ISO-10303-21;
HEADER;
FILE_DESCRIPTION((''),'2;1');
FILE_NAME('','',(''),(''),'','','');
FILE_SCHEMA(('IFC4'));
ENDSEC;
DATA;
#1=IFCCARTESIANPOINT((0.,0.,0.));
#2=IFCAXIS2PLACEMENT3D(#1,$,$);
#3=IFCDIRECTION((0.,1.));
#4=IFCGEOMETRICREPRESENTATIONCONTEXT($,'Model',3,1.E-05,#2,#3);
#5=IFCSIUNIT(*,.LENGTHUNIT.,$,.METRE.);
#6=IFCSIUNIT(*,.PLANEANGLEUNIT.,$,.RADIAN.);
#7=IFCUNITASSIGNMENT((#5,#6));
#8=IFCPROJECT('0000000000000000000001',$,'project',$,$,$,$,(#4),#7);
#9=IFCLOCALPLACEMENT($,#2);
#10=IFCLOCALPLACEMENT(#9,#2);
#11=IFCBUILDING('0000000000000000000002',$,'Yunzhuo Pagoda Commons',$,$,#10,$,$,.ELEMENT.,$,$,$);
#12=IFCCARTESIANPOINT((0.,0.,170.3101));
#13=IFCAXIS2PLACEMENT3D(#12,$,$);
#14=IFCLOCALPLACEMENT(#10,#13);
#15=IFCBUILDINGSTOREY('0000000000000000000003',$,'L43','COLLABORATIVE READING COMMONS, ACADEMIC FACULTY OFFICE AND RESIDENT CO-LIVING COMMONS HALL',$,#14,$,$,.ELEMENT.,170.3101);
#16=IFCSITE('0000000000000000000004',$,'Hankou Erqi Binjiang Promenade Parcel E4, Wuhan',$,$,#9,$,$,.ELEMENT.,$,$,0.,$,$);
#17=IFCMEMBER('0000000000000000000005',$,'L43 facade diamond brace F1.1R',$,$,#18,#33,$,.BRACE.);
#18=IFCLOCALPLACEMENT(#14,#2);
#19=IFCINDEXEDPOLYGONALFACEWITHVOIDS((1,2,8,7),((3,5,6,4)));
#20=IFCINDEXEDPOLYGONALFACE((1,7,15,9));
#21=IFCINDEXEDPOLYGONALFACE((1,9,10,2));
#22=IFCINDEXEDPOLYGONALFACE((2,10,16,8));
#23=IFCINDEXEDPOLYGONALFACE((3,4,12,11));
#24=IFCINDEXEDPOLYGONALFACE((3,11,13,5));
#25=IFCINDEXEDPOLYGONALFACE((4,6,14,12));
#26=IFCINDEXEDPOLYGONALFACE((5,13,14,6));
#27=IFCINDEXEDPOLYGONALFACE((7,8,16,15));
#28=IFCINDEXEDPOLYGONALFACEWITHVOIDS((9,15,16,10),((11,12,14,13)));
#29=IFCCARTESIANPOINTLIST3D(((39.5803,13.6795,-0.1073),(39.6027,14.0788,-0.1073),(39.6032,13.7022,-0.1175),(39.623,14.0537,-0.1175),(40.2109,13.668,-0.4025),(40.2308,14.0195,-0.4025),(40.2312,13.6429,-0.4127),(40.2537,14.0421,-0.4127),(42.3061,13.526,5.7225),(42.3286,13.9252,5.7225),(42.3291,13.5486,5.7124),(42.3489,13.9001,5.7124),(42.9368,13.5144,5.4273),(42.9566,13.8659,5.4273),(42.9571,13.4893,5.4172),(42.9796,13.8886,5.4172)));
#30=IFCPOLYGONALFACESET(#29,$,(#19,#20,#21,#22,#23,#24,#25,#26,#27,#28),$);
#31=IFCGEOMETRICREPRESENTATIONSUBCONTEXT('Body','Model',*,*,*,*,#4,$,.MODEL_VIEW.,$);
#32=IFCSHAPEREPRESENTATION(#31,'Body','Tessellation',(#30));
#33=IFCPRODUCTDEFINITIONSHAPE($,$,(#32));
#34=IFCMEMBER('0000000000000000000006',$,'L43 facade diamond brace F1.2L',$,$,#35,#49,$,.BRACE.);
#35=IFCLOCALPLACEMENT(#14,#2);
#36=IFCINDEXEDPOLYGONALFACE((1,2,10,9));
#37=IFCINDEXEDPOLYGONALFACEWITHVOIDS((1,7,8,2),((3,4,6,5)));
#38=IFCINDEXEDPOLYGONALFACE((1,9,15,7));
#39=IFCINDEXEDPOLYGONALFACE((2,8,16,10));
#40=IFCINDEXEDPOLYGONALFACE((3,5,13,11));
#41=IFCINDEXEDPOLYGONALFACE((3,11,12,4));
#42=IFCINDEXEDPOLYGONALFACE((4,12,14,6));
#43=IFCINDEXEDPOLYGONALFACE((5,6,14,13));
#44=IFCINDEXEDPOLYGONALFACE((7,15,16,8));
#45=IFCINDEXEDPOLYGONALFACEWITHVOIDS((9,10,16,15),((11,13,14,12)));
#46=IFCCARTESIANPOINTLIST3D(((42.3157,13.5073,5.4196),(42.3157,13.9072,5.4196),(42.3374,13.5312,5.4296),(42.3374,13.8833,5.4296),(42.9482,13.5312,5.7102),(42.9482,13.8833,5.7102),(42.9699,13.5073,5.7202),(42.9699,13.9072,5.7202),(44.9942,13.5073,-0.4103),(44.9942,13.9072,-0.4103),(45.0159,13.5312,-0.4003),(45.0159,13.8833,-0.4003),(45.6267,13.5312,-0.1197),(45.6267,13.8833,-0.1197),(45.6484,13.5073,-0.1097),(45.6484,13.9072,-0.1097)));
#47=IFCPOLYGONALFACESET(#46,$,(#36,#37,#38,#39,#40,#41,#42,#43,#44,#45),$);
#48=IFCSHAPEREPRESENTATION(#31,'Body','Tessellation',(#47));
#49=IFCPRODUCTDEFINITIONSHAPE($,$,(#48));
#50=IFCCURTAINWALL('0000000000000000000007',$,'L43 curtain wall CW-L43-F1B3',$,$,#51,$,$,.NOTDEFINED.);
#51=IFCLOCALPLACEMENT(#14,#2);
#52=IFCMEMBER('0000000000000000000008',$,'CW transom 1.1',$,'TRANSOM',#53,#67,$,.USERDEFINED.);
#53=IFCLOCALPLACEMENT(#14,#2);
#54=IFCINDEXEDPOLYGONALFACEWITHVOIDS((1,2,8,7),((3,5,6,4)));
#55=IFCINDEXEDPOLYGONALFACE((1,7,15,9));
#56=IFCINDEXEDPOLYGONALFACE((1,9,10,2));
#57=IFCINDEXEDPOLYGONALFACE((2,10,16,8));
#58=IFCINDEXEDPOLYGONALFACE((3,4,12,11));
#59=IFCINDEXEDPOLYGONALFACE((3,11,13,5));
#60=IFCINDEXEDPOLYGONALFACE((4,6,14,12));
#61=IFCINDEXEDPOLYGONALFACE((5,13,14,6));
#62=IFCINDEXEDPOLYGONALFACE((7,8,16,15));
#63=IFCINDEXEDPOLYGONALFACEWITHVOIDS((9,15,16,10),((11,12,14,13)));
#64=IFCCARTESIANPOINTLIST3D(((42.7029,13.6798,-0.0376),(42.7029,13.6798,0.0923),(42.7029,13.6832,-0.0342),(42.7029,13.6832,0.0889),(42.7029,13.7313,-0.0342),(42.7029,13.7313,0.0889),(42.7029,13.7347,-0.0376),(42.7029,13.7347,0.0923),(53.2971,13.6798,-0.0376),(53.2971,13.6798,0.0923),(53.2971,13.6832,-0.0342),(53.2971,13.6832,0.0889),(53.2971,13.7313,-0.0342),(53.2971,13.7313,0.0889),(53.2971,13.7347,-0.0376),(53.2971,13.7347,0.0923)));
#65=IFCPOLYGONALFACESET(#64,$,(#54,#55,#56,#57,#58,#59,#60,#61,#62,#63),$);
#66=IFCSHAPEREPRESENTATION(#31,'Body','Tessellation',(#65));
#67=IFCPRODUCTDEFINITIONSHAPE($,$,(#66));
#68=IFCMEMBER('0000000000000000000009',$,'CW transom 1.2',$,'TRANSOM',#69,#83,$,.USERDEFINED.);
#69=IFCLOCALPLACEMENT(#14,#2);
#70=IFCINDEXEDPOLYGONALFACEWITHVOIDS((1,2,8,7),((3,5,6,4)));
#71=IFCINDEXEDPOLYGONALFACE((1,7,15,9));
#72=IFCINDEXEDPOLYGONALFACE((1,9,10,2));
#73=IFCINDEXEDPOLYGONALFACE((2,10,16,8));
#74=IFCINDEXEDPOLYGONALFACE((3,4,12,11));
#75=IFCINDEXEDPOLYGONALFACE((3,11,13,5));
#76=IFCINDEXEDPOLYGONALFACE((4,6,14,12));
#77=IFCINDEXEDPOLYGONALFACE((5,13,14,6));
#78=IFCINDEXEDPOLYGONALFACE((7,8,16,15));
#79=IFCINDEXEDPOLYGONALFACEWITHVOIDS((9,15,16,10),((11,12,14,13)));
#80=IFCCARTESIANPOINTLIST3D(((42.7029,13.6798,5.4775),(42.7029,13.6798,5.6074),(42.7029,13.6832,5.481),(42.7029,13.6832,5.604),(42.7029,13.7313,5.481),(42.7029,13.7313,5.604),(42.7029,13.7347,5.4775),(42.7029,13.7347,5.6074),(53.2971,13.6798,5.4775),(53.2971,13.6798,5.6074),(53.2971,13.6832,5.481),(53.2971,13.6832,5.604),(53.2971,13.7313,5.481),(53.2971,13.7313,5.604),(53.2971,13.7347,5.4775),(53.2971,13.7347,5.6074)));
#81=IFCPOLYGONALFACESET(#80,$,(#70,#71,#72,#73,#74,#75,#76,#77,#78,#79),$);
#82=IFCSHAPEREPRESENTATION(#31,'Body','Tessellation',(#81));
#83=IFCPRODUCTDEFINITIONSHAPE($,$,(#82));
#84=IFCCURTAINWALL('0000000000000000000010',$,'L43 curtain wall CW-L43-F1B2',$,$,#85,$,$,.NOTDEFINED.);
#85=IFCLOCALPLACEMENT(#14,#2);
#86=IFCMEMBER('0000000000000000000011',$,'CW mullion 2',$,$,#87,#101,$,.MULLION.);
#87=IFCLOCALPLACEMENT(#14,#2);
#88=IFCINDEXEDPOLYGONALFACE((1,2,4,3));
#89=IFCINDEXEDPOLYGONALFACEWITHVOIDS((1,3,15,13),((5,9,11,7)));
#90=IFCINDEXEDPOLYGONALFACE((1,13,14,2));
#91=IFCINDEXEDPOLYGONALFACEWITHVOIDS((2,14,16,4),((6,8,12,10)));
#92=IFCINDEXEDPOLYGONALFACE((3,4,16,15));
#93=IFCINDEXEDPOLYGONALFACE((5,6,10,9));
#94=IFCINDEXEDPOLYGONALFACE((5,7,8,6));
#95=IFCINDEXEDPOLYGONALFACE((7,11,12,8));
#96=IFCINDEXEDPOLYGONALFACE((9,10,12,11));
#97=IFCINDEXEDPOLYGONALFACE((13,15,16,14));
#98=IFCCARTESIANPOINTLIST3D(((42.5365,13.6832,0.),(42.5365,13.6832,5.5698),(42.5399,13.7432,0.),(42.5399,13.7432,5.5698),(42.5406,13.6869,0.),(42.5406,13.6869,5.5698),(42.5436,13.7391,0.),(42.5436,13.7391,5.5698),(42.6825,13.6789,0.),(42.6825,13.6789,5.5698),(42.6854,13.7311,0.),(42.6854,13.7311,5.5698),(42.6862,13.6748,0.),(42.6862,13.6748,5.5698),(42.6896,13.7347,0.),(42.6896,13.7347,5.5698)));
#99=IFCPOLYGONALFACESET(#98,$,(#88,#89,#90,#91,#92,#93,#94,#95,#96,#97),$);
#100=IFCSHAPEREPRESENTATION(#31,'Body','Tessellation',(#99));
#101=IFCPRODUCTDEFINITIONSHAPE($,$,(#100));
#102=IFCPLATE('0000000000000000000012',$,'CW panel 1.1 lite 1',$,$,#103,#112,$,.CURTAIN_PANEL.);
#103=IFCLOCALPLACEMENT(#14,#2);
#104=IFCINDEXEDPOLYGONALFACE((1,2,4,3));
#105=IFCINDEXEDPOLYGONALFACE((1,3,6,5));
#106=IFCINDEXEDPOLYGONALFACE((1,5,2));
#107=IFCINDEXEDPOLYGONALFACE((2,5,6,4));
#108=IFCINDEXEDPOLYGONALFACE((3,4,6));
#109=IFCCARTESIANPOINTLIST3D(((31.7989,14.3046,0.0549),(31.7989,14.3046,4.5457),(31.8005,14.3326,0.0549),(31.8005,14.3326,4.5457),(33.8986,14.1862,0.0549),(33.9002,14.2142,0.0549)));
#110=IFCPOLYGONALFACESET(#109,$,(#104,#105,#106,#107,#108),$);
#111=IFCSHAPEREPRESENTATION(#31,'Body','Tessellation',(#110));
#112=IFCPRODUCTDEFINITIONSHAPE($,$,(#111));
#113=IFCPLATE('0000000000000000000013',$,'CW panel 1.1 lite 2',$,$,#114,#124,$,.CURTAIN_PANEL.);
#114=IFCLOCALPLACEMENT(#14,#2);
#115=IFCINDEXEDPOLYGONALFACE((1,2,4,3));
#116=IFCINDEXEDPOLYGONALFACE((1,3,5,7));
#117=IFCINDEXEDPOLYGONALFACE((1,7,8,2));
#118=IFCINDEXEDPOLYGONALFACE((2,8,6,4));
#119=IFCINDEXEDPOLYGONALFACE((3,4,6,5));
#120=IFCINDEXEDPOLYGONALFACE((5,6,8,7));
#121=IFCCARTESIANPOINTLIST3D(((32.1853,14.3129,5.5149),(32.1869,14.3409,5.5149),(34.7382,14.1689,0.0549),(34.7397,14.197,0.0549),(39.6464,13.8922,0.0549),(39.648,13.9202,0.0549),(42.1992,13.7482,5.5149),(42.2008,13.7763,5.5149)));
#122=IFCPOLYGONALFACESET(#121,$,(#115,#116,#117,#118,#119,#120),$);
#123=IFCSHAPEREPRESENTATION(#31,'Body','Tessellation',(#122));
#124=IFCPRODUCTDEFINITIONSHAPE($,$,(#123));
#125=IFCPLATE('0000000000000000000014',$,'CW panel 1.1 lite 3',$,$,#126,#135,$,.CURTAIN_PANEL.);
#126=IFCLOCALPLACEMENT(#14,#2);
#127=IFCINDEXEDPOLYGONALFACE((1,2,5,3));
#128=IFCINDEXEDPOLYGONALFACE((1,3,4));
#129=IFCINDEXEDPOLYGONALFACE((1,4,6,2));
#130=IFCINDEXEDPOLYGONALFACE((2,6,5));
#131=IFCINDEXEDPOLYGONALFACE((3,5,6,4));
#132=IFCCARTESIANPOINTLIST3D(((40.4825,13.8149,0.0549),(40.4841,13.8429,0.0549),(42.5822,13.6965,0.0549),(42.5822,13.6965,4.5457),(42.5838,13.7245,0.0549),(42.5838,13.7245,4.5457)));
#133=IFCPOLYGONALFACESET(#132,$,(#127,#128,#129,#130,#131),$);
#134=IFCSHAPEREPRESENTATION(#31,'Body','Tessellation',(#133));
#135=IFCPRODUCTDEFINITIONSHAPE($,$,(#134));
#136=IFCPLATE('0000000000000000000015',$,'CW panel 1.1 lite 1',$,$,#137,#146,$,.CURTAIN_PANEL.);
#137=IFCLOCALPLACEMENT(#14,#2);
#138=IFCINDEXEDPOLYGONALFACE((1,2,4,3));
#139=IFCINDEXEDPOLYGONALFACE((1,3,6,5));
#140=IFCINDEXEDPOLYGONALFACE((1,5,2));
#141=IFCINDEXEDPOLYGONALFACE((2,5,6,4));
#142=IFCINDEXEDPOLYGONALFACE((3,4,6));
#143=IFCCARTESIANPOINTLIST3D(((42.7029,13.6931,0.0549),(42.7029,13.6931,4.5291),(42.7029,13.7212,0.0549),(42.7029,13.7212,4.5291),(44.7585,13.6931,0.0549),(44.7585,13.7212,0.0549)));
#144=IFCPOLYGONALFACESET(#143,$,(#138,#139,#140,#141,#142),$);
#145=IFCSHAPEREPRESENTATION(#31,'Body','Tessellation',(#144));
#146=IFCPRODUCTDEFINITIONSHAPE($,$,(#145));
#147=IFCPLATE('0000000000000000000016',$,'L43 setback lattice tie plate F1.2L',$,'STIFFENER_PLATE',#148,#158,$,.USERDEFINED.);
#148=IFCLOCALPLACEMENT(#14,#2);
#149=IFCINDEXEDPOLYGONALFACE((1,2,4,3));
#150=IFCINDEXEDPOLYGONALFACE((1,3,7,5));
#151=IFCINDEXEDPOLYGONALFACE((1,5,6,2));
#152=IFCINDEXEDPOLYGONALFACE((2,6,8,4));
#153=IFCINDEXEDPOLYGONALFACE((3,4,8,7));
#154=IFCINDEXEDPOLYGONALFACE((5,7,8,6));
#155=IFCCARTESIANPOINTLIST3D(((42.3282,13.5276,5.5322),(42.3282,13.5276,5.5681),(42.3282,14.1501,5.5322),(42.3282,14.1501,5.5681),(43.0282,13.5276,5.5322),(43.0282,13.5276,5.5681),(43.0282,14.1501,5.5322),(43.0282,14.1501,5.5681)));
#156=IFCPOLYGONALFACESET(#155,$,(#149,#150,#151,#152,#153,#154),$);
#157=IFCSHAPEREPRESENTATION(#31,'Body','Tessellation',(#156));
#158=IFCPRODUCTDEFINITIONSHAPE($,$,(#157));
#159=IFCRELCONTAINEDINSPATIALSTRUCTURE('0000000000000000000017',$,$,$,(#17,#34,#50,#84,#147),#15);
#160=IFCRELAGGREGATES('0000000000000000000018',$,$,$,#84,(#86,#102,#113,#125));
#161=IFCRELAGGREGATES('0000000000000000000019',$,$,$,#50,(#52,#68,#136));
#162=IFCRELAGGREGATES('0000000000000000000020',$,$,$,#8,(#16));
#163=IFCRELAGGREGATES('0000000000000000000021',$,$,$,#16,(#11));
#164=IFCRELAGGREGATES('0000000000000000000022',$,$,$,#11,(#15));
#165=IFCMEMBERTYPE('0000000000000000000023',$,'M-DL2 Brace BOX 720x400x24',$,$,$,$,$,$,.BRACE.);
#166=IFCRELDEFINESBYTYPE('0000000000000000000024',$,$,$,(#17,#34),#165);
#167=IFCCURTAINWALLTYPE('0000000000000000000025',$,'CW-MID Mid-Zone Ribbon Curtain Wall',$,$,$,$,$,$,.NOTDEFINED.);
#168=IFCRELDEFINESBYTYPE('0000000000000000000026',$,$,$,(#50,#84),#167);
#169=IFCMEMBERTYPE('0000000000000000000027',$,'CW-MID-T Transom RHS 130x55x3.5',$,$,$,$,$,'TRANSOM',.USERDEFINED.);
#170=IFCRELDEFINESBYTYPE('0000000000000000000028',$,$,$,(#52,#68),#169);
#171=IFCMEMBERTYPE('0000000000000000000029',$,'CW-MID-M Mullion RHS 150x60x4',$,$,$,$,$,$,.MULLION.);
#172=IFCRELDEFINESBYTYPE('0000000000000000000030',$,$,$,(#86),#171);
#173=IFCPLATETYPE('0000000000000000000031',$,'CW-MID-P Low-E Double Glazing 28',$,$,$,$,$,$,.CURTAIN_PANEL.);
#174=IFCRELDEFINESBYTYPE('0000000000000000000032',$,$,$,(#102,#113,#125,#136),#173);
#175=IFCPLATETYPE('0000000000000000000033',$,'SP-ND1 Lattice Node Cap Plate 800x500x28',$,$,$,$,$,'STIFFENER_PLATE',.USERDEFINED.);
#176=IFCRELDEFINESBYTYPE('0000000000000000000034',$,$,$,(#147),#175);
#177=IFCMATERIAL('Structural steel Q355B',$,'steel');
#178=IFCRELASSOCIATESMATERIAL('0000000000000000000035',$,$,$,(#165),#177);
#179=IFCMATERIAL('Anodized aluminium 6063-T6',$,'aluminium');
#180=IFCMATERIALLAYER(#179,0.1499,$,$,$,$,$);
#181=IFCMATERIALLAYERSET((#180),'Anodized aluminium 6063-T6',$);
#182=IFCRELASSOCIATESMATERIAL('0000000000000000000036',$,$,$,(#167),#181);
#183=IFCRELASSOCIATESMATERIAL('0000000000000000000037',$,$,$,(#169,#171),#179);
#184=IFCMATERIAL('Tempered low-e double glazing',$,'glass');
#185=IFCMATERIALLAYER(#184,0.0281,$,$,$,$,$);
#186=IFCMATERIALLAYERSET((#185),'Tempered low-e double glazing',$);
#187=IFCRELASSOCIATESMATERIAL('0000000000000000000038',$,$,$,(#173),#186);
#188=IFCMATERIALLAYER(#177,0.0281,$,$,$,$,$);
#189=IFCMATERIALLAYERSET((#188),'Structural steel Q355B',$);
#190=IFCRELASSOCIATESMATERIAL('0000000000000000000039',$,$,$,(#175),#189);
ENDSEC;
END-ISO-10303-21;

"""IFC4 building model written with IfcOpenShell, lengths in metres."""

from ifc_helpers import new_model, si_unit, direction, frame, origin, origin_2d, place, context, subcontext, project, spatial, polyline, rectangle, hollow_rectangle, outline, extrude, source, transform, mapped, material, layer, layer_set, material_profile, profile_set, type_object, element, aggregate, save


model = new_model("IFC4")

# Units and contexts
model_context = context("Model", 3, precision=1e-05, world=origin(), true_north=direction((0.0, 1.0)))
body_context = subcontext(model_context, "Body", "Model", "MODEL_VIEW")
ifc_project = project(units=[si_unit("LENGTHUNIT", "METRE"), si_unit("PLANEANGLEUNIT", "RADIAN")], contexts=[model_context])

# Site, building, storey
site_placement = place(None, origin())
site = spatial("IfcSite", under=ifc_project, at=site_placement, Name="Hankou Erqi Binjiang Promenade Parcel E4, Wuhan", CompositionType="ELEMENT", RefElevation=0.0)
building_placement = place(site_placement, origin())
building = spatial("IfcBuilding", under=site, at=building_placement, Name="Yunzhuo Pagoda Commons", CompositionType="ELEMENT")
storey_placement = place(building_placement, frame((0.0, 0.0, 170.3101)))
storey = spatial("IfcBuildingStorey", under=building, at=storey_placement, Name="L43", Description="COLLABORATIVE READING COMMONS, ACADEMIC FACULTY OFFICE AND RESIDENT CO-LIVING COMMONS HALL", CompositionType="ELEMENT", Elevation=170.3101)

# Shared definitions
ifc_material_1 = material(Name="Structural steel Q355B", Category="steel")

# Members
ifc_material_profile_1 = material_profile(ifc_material_1, hollow_rectangle(XDim=0.3999, YDim=0.72, WallThickness=0.0239, at=origin_2d()), Name="Structural steel Q355B")
ifc_profile_set_1 = profile_set([ifc_material_profile_1], Name="Structural steel Q355B")
member_type_1 = type_object("IfcMemberType", Name="M-DL2 Brace BOX 720x400x24", PredefinedType="BRACE", material=ifc_profile_set_1)
shared_shape_1 = source(origin(), body_context, "Body", "SweptSolid", [
    extrude(hollow_rectangle(XDim=0.3999, YDim=0.72, WallThickness=0.0239, at=origin_2d()), origin(), (0.0, 0.0, 1.0), 6.4375),
])
member_1_placement = place(storey_placement, frame((39.917, 13.8608, -0.26), z_axis=(0.423434, -0.023855, 0.905613), x_axis=(0.056248, 0.998417, 0.0)))
element("IfcMember", 1, at=member_1_placement, inside=storey, type_object=member_type_1, Name="L43 facade diamond brace F1.1R", PredefinedType="BRACE", context=body_context, shape_type="MappedRepresentation", body=[
    mapped(shared_shape_1, transform((0.0, 0.0, 0.0), scale=1.0)),
])
shared_shape_2 = source(origin(), body_context, "Body", "SweptSolid", [
    extrude(hollow_rectangle(XDim=0.3999, YDim=0.72, WallThickness=0.0239, at=origin_2d()), origin(), (0.0, 0.0, 1.0), 6.4158),
])
member_2_placement = place(storey_placement, frame((45.3213, 13.7073, -0.26), z_axis=(-0.417487, 0.0, 0.908683), x_axis=(0.0, -1.0, 0.0)))
element("IfcMember", 2, at=member_2_placement, inside=storey, type_object=member_type_1, Name="L43 facade diamond brace F1.2L", PredefinedType="BRACE", context=body_context, shape_type="MappedRepresentation", body=[
    mapped(shared_shape_2, transform((0.0, 0.0, 0.0), scale=1.0)),
])

# Curtain wall, members
ifc_material_2 = material(Name="Anodized aluminium 6063-T6", Category="aluminium")
ifc_layer_1 = layer(ifc_material_2, 0.1499)
ifc_layer_set_1 = layer_set([ifc_layer_1], Name="Anodized aluminium 6063-T6")
curtain_wall_type = type_object("IfcCurtainWallType", Name="CW-MID Mid-Zone Ribbon Curtain Wall", PredefinedType="NOTDEFINED", material=ifc_layer_set_1)
curtain_wall_1_placement = place(storey_placement, origin())
curtain_wall_1 = element("IfcCurtainWall", 3, at=curtain_wall_1_placement, inside=storey, type_object=curtain_wall_type, Name="L43 curtain wall CW-L43-F1B3", PredefinedType="NOTDEFINED")
ifc_material_profile_2 = material_profile(ifc_material_2, hollow_rectangle(XDim=0.0549, YDim=0.1299, WallThickness=0.0034, at=origin_2d()), Name="Anodized aluminium 6063-T6")
ifc_profile_set_2 = profile_set([ifc_material_profile_2], Name="Anodized aluminium 6063-T6")
member_type_2 = type_object("IfcMemberType", Name="CW-MID-T Transom RHS 130x55x3.5", ElementType="TRANSOM", PredefinedType="USERDEFINED", material=ifc_profile_set_2)
shared_shape_3 = source(origin(), body_context, "Body", "SweptSolid", [
    extrude(hollow_rectangle(XDim=0.0549, YDim=0.1299, WallThickness=0.0034, at=origin_2d()), origin(), (0.0, 0.0, 1.0), 10.5942),
])
member_3_placement = place(storey_placement, frame((42.7029, 13.7073, 0.0273), z_axis=(1.0, 0.0, 0.0), x_axis=(0.0, 1.0, 0.0)))
member_3 = element("IfcMember", 4, at=member_3_placement, type_object=member_type_2, Name="CW transom 1.1", ObjectType="TRANSOM", PredefinedType="USERDEFINED", context=body_context, shape_type="MappedRepresentation", body=[
    mapped(shared_shape_3, transform((0.0, 0.0, 0.0), scale=1.0)),
])
member_4_placement = place(storey_placement, frame((42.7029, 13.7073, 5.5425), z_axis=(1.0, 0.0, 0.0), x_axis=(0.0, 1.0, 0.0)))
member_4 = element("IfcMember", 5, at=member_4_placement, type_object=member_type_2, Name="CW transom 1.2", ObjectType="TRANSOM", PredefinedType="USERDEFINED", context=body_context, shape_type="MappedRepresentation", body=[
    mapped(shared_shape_3, transform((0.0, 0.0, 0.0), scale=1.0)),
])

# Curtain wall, member, plates
curtain_wall_2_placement = place(storey_placement, origin())
curtain_wall_2 = element("IfcCurtainWall", 6, at=curtain_wall_2_placement, inside=storey, type_object=curtain_wall_type, Name="L43 curtain wall CW-L43-F1B2", PredefinedType="NOTDEFINED")
ifc_material_profile_3 = material_profile(ifc_material_2, hollow_rectangle(XDim=0.0601, YDim=0.1499, WallThickness=0.0039, at=origin_2d()), Name="Anodized aluminium 6063-T6")
ifc_profile_set_3 = profile_set([ifc_material_profile_3], Name="Anodized aluminium 6063-T6")
member_type_3 = type_object("IfcMemberType", Name="CW-MID-M Mullion RHS 150x60x4", PredefinedType="MULLION", material=ifc_profile_set_3)
shared_shape_4 = source(origin(), body_context, "Body", "SweptSolid", [
    extrude(hollow_rectangle(XDim=0.0601, YDim=0.1499, WallThickness=0.0039, at=origin_2d()), origin(), (0.0, 0.0, 1.0), 5.5698),
])
member_5_placement = place(storey_placement, frame((42.613, 13.709, 0.0), z_axis=(0.0, 0.0, 1.0), x_axis=(0.056299, 0.998414, 0.0)))
member_5 = element("IfcMember", 7, at=member_5_placement, type_object=member_type_3, Name="CW mullion 2", PredefinedType="MULLION", context=body_context, shape_type="MappedRepresentation", body=[
    mapped(shared_shape_4, transform((0.0, 0.0, 0.0), scale=1.0)),
])
ifc_material_3 = material(Name="Tempered low-e double glazing", Category="glass")
ifc_layer_2 = layer(ifc_material_3, 0.0281)
ifc_layer_set_2 = layer_set([ifc_layer_2], Name="Tempered low-e double glazing")
plate_type_1 = type_object("IfcPlateType", Name="CW-MID-P Low-E Double Glazing 28", PredefinedType="CURTAIN_PANEL", material=ifc_layer_set_2)
plate_1_placement = place(storey_placement, frame((32.8503, 14.2734, 2.3003), z_axis=(-0.056299, -0.998414, 0.0), x_axis=(0.998414, -0.056299, 0.0)))
plate_1 = element("IfcPlate", 8, at=plate_1_placement, type_object=plate_type_1, Name="CW panel 1.1 lite 1", PredefinedType="CURTAIN_PANEL", context=body_context, shape_type="SweptSolid", body=[
    extrude(outline(polyline([(-1.0515, -2.2454), (1.0515, -2.2454), (-1.0515, 2.2454), (-1.0515, -2.2454)])), origin(), (0.0, 0.0, 1.0), 0.0281),
])
plate_2_placement = place(storey_placement, frame((37.1938, 14.0586, 2.7849), z_axis=(-0.056299, -0.998414, 0.0), x_axis=(0.998414, -0.056299, 0.0)))
plate_2 = element("IfcPlate", 9, at=plate_2_placement, type_object=plate_type_1, Name="CW panel 1.1 lite 2", PredefinedType="CURTAIN_PANEL", context=body_context, shape_type="SweptSolid", body=[
    extrude(outline(polyline([(-5.0149, 2.73), (-2.458, -2.73), (2.458, -2.73), (5.0149, 2.73), (-5.0149, 2.73)])), origin(), (0.0, 0.0, 1.0), 0.0281),
])
plate_3_placement = place(storey_placement, frame((41.5339, 13.7837, 2.3003), z_axis=(-0.056299, -0.998414, 0.0), x_axis=(0.998414, -0.056299, 0.0)))
plate_3 = element("IfcPlate", 10, at=plate_3_placement, type_object=plate_type_1, Name="CW panel 1.1 lite 3", PredefinedType="CURTAIN_PANEL", context=body_context, shape_type="SweptSolid", body=[
    extrude(outline(polyline([(-1.0515, -2.2454), (1.0515, -2.2454), (1.0515, 2.2454), (-1.0515, -2.2454)])), origin(), (0.0, 0.0, 1.0), 0.0281),
])
aggregate(curtain_wall_2, [member_5, plate_1, plate_2, plate_3])

# Plates
plate_4_placement = place(storey_placement, frame((43.7307, 13.7212, 2.292), z_axis=(0.0, -1.0, 0.0), x_axis=(1.0, 0.0, 0.0)))
plate_4 = element("IfcPlate", 11, at=plate_4_placement, type_object=plate_type_1, Name="CW panel 1.1 lite 1", PredefinedType="CURTAIN_PANEL", context=body_context, shape_type="SweptSolid", body=[
    extrude(outline(polyline([(-1.0278, -2.2371), (1.0278, -2.2371), (-1.0278, 2.2371), (-1.0278, -2.2371)])), origin(), (0.0, 0.0, 1.0), 0.0281),
])
aggregate(curtain_wall_1, [member_3, member_4, plate_4])
ifc_layer_3 = layer(ifc_material_1, 0.0281)
ifc_layer_set_3 = layer_set([ifc_layer_3], Name="Structural steel Q355B")
plate_type_2 = type_object("IfcPlateType", Name="SP-ND1 Lattice Node Cap Plate 800x500x28", ElementType="STIFFENER_PLATE", PredefinedType="USERDEFINED", material=ifc_layer_set_3)
shared_shape_5 = source(origin(), body_context, "Body", "SweptSolid", [
    extrude(rectangle(XDim=0.7, YDim=0.6226, at=origin_2d()), origin(), (0.0, 0.0, 1.0), 0.0359),
])
plate_5_placement = place(storey_placement, frame((42.6782, 13.8389, 5.5322), z_axis=(0.0, 0.0, 1.0), x_axis=(1.0, 0.0, 0.0)))
element("IfcPlate", 12, at=plate_5_placement, inside=storey, type_object=plate_type_2, Name="L43 setback lattice tie plate F1.2L", ObjectType="STIFFENER_PLATE", PredefinedType="USERDEFINED", context=body_context, shape_type="MappedRepresentation", body=[
    mapped(shared_shape_5, transform((0.0, 0.0, 0.0), scale=1.0)),
])

save(model, "model.ifc")
